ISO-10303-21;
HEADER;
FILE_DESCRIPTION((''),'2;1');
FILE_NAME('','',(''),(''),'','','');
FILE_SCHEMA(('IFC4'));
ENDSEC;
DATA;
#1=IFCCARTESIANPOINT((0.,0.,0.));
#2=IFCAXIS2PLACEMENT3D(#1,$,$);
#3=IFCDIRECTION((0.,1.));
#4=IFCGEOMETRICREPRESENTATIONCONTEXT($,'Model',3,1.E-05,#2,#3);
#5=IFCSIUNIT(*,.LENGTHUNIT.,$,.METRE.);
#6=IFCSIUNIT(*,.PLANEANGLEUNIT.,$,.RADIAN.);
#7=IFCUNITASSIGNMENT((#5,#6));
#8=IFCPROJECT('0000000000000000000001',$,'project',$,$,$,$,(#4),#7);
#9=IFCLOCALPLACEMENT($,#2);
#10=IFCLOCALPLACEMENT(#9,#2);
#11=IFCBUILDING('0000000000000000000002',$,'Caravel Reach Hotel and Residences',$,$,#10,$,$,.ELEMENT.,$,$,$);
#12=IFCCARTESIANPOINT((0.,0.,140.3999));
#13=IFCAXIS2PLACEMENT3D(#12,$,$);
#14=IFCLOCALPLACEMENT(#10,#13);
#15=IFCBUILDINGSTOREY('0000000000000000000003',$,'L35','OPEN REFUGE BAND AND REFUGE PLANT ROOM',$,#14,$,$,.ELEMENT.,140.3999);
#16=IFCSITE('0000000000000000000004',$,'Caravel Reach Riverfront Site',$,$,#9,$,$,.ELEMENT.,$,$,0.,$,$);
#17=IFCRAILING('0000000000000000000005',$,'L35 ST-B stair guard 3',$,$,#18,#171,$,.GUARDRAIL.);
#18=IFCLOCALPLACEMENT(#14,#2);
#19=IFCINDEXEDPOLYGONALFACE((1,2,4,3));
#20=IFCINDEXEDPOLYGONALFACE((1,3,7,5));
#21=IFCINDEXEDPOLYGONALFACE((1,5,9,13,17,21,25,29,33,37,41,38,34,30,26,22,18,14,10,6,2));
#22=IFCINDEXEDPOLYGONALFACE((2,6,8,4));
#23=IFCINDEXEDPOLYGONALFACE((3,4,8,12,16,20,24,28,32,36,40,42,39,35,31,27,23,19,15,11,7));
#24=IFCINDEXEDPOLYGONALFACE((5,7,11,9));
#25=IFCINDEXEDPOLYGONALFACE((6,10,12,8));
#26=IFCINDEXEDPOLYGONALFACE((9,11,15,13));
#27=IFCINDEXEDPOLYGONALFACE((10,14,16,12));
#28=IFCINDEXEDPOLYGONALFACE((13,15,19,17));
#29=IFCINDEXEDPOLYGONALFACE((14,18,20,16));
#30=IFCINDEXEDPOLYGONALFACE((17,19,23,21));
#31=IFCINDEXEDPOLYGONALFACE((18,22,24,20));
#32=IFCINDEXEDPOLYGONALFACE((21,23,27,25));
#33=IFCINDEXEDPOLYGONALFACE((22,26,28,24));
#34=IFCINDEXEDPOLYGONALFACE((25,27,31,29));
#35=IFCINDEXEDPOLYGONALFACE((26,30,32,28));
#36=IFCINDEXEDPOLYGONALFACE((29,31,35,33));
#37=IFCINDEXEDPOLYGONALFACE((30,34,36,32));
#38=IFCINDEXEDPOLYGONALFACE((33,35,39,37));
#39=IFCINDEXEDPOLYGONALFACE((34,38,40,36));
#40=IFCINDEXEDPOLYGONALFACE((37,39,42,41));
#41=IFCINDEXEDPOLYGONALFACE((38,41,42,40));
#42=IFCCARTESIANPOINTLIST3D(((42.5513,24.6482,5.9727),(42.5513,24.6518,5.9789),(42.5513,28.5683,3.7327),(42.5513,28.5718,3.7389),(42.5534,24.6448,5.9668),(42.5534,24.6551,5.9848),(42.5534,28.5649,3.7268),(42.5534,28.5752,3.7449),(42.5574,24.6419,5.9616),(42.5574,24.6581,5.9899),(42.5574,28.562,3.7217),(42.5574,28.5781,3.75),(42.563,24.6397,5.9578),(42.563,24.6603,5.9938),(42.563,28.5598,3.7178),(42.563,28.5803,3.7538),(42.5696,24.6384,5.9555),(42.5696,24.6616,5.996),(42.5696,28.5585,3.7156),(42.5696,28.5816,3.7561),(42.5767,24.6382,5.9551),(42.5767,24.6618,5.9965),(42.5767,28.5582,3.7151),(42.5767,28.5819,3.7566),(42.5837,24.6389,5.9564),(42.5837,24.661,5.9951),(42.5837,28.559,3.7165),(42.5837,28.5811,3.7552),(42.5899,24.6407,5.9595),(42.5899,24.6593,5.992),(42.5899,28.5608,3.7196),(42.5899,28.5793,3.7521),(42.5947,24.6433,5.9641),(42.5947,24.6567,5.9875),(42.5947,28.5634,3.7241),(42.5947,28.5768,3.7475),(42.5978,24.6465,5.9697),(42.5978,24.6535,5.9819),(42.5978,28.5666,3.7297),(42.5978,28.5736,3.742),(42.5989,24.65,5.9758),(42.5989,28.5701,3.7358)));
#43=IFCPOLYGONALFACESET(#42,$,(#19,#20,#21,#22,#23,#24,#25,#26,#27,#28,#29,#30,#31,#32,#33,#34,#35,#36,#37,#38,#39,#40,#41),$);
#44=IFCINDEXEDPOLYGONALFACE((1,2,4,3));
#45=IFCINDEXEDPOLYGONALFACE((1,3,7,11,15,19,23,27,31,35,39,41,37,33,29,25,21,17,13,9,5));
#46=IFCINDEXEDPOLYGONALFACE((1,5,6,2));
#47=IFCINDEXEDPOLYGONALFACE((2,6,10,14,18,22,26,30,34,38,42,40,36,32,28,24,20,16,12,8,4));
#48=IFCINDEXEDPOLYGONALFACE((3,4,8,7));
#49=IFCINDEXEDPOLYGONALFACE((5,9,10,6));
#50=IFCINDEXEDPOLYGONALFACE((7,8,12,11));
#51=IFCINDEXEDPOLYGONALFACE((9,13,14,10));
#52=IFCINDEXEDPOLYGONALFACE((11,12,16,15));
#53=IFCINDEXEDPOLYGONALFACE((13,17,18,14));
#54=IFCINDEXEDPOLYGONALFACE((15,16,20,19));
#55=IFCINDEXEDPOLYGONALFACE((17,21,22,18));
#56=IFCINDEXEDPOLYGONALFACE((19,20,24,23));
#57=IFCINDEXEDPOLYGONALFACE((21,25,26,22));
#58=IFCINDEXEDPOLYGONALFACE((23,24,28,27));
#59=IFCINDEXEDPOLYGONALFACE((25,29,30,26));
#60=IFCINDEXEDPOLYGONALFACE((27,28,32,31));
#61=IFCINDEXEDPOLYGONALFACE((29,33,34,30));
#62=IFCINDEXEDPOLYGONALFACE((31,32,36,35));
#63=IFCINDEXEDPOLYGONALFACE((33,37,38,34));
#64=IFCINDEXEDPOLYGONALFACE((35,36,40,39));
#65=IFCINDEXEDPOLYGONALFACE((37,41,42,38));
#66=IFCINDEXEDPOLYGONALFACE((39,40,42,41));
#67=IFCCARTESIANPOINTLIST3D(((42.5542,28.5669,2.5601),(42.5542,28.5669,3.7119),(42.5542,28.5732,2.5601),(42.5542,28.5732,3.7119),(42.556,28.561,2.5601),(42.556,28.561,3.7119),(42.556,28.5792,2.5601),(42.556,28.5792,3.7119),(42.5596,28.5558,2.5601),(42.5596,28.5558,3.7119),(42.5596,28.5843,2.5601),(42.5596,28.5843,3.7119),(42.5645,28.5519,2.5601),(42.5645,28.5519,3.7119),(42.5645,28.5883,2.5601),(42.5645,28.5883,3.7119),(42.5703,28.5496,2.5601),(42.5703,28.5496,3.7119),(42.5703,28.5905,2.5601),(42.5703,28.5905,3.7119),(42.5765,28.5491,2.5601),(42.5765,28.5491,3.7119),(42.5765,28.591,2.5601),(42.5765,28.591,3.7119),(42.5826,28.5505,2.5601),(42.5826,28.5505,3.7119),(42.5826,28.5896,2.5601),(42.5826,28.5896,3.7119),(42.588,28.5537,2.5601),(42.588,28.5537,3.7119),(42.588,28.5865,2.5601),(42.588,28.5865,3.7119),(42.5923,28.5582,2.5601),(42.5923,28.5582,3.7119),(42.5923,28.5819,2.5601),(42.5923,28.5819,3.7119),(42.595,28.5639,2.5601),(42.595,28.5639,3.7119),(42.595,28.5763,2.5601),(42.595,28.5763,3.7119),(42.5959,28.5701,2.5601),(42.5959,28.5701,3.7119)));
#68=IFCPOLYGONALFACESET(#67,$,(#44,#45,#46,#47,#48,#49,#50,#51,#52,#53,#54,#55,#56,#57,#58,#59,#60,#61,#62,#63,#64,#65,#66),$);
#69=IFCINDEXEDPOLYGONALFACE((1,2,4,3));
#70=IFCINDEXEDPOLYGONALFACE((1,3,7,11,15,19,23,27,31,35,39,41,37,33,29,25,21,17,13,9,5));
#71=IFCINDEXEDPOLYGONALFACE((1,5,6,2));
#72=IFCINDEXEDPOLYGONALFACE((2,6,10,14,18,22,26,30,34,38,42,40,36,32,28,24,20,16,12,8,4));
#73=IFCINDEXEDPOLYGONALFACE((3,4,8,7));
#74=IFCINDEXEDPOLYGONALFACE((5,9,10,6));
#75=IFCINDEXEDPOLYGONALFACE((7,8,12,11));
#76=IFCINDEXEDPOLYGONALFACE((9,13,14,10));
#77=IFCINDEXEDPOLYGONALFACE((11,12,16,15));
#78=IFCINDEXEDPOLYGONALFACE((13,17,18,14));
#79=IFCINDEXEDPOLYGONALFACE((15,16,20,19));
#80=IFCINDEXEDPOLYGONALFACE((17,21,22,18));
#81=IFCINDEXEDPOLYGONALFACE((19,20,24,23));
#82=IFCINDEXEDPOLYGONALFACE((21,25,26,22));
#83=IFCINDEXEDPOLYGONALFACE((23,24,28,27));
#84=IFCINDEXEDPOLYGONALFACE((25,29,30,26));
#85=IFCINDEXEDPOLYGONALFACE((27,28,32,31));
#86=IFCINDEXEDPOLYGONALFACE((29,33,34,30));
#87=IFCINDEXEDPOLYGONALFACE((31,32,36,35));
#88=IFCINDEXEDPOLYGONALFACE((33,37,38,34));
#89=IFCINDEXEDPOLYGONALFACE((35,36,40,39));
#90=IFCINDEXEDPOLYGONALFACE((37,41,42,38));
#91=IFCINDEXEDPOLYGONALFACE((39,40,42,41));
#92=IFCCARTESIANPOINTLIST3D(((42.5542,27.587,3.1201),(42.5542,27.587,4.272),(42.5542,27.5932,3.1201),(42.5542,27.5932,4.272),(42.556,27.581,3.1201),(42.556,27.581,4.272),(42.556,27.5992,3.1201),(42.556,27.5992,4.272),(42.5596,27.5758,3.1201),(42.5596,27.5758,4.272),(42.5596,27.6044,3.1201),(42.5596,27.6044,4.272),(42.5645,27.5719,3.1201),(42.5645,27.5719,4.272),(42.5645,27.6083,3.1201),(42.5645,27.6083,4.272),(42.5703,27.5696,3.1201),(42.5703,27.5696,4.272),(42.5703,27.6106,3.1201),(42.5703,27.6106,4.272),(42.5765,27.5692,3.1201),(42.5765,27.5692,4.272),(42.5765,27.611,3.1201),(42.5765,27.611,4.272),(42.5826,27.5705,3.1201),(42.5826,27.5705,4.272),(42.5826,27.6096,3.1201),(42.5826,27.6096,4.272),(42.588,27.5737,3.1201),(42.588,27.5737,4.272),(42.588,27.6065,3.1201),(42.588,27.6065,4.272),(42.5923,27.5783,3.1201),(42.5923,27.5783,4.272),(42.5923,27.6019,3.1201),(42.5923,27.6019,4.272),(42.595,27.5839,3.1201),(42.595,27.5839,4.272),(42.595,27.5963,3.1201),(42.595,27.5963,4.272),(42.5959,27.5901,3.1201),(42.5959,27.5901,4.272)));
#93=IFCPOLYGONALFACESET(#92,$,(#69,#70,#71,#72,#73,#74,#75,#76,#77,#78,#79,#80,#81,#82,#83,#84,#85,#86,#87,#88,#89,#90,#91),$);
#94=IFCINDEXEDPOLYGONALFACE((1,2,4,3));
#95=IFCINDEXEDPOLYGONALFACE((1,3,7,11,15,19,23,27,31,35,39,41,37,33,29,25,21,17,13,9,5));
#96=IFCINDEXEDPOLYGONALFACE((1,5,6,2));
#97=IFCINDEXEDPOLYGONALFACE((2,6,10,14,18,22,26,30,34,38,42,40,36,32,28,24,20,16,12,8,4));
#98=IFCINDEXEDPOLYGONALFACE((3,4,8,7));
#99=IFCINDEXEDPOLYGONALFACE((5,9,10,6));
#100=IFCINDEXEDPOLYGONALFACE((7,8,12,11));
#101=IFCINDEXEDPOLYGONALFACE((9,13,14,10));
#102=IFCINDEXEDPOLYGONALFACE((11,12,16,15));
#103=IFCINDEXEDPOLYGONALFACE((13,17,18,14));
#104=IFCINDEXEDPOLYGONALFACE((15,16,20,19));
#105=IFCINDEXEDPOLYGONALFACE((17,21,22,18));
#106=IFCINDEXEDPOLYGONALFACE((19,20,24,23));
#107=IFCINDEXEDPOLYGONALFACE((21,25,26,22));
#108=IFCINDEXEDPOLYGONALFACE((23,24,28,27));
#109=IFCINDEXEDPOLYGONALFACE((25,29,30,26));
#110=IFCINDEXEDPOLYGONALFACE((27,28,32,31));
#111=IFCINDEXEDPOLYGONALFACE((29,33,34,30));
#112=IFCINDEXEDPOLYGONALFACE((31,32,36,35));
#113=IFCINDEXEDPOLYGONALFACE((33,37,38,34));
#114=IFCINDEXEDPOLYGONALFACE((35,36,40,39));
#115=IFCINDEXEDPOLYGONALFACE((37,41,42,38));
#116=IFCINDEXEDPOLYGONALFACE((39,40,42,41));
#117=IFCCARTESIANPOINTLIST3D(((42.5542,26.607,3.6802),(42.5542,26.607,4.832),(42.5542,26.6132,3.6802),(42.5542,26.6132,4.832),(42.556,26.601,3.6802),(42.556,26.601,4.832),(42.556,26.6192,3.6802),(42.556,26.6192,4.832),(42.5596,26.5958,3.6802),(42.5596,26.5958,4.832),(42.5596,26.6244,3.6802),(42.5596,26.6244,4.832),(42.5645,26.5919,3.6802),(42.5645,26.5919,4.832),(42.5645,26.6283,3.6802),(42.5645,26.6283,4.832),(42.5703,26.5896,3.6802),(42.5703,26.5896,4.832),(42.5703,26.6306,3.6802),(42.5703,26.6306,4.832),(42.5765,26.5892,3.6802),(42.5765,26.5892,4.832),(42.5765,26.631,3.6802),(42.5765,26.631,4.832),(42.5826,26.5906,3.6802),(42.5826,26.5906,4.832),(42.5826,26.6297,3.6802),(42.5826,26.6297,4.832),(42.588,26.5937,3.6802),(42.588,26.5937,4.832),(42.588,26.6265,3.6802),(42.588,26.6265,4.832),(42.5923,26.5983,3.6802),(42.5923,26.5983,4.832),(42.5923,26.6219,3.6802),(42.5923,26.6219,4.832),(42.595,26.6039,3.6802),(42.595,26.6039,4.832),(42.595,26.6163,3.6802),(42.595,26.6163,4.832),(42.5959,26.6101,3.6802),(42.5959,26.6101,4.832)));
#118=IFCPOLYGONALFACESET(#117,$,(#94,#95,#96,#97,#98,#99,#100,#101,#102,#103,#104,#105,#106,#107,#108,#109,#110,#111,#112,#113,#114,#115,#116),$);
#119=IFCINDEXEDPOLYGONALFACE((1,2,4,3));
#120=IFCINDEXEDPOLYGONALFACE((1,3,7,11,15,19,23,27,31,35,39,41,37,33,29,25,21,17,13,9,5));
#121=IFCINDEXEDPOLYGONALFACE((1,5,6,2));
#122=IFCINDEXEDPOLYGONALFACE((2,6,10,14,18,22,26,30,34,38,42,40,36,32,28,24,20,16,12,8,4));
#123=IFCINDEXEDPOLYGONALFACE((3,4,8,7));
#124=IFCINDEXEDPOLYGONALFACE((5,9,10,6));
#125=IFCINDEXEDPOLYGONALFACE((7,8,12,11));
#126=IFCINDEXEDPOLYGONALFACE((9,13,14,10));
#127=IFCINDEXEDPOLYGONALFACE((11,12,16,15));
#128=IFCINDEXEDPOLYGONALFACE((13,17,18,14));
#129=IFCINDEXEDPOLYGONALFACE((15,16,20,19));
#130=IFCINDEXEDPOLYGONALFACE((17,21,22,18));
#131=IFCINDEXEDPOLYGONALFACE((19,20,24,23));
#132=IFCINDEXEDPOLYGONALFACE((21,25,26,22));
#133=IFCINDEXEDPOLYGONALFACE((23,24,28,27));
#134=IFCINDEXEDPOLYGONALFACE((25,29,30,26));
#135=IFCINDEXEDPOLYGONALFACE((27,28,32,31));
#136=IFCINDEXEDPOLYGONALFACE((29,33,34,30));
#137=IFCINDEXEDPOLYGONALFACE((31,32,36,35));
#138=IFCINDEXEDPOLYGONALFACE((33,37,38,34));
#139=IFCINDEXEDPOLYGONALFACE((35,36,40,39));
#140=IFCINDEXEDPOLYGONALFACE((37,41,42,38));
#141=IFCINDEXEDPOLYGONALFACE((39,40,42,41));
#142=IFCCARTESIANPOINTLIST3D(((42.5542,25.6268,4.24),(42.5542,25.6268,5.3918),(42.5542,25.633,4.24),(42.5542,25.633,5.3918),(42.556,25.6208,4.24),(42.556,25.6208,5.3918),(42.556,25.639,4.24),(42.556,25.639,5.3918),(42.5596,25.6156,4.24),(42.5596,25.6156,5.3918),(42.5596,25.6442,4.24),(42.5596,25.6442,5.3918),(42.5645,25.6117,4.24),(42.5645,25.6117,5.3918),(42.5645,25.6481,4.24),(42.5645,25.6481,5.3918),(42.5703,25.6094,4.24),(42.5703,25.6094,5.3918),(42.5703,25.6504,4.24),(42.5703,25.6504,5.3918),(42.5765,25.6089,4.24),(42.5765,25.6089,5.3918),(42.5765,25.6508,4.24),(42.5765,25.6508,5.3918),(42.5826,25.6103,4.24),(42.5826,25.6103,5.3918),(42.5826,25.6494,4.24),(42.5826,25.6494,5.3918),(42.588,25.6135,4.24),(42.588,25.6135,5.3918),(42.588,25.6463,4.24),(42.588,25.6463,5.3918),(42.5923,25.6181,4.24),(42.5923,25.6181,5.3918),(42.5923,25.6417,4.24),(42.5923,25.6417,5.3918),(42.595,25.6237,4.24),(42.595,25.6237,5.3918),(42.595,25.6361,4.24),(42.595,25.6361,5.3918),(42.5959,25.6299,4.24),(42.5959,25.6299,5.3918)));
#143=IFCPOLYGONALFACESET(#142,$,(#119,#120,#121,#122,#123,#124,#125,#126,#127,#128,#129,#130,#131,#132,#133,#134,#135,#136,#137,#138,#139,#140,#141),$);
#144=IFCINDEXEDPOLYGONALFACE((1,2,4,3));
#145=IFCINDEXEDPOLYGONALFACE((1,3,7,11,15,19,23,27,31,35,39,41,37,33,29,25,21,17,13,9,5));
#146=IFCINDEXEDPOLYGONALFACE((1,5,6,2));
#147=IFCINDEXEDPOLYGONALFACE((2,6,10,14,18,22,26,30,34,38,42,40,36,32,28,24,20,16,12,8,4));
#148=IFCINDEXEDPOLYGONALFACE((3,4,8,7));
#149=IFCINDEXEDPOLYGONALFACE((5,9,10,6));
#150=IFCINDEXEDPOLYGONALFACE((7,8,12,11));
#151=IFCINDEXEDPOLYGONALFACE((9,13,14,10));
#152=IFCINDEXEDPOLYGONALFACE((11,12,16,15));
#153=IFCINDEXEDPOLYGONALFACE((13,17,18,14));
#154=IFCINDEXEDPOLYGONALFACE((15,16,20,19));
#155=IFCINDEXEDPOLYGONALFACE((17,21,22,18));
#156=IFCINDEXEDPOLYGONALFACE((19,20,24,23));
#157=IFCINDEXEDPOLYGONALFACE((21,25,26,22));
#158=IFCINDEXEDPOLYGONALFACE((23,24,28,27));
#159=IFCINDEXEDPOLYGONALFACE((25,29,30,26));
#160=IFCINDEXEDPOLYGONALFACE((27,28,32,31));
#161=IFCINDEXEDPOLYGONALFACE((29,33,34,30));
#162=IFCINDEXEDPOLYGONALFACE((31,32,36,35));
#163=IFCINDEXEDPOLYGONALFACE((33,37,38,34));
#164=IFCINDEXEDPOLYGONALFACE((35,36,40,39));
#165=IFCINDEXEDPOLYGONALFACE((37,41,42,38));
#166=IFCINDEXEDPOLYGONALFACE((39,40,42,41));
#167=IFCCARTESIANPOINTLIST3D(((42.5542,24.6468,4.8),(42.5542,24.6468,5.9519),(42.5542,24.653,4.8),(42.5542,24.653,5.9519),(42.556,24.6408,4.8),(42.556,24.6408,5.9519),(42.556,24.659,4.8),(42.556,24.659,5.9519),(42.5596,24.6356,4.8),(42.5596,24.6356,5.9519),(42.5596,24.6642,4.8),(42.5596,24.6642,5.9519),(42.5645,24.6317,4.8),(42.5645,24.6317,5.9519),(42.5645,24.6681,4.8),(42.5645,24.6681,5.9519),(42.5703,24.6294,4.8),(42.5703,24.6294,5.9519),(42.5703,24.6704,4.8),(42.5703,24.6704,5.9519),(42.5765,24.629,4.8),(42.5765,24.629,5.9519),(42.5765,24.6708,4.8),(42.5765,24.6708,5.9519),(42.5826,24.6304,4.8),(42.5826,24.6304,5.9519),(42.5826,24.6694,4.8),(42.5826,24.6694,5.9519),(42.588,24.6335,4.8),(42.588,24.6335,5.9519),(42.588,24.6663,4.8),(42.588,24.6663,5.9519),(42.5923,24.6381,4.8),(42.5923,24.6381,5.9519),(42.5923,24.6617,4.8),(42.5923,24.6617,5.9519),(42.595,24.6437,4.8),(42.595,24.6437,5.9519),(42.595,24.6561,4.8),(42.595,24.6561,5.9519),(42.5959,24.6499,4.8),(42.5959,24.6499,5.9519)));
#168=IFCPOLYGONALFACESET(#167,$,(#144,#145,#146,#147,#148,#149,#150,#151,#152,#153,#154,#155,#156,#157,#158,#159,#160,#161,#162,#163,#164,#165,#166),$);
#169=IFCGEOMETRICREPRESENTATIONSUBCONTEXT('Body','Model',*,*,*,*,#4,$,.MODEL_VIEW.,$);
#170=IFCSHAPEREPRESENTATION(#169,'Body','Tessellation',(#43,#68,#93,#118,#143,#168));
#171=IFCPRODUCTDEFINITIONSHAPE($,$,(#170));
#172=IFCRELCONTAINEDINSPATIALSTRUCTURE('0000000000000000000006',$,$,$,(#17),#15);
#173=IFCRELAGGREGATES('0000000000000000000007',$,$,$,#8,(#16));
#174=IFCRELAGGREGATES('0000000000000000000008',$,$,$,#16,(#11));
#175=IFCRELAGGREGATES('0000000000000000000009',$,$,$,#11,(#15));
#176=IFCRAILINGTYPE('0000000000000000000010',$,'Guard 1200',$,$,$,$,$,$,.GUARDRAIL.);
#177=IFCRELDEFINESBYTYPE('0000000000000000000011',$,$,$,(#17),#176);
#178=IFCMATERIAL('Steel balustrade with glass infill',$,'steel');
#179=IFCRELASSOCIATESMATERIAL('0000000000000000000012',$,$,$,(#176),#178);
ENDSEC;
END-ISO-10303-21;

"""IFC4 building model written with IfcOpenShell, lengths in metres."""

from ifc_helpers import new_model, si_unit, direction, frame, origin, origin_2d, place, context, subcontext, project, spatial, circle, extrude, material, type_object, element, save


model = new_model("IFC4")

# Units and contexts
model_context = context("Model", 3, precision=1e-05, world=origin(), true_north=direction((0.0, 1.0)))
body_context = subcontext(model_context, "Body", "Model", "MODEL_VIEW")
ifc_project = project(units=[si_unit("LENGTHUNIT", "METRE"), si_unit("PLANEANGLEUNIT", "RADIAN")], contexts=[model_context])

# Site, building, storey
site_placement = place(None, origin())
site = spatial("IfcSite", under=ifc_project, at=site_placement, Name="Caravel Reach Riverfront Site", CompositionType="ELEMENT", RefElevation=0.0)
building_placement = place(site_placement, origin())
building = spatial("IfcBuilding", under=site, at=building_placement, Name="Caravel Reach Hotel and Residences", CompositionType="ELEMENT")
storey_placement = place(building_placement, frame((0.0, 0.0, 140.3999)))
storey = spatial("IfcBuildingStorey", under=building, at=storey_placement, Name="L35", Description="OPEN REFUGE BAND AND REFUGE PLANT ROOM", CompositionType="ELEMENT", Elevation=140.3999)

# Railing
ifc_material_1 = material(Name="Steel balustrade with glass infill", Category="steel")
railing_type_1 = type_object("IfcRailingType", Name="Guard 1200", PredefinedType="GUARDRAIL", material=ifc_material_1)
railing_1_placement = place(storey_placement, frame((42.575, 28.5701, 2.5601)))
element("IfcRailing", 1, at=railing_1_placement, inside=storey, type_object=railing_type_1, Name="L35 ST-B stair guard 3", PredefinedType="GUARDRAIL", context=body_context, shape_type="SweptSolid", body=[
    extrude(circle(Radius=0.0239, at=origin_2d()), frame((0.0, 0.0, 1.1758), z_axis=(0.0, -0.868253, 0.496121), x_axis=(1.0, 0.0, 0.0)), (0.0, 0.0, 1.0), 4.5149),
    extrude(circle(Radius=0.021, at=origin_2d()), origin(), (0.0, 0.0, 1.0), 1.1519),
    extrude(circle(Radius=0.021, at=origin_2d()), frame((0.0, -0.98, 0.5601)), (0.0, 0.0, 1.0), 1.1519),
    extrude(circle(Radius=0.021, at=origin_2d()), frame((0.0, -1.96, 1.1201)), (0.0, 0.0, 1.0), 1.1519),
    extrude(circle(Radius=0.021, at=origin_2d()), frame((0.0, -2.9402, 1.6799)), (0.0, 0.0, 1.0), 1.1519),
    extrude(circle(Radius=0.021, at=origin_2d()), frame((0.0, -3.9202, 2.24)), (0.0, 0.0, 1.0), 1.1519),
])

save(model, "model.ifc")
